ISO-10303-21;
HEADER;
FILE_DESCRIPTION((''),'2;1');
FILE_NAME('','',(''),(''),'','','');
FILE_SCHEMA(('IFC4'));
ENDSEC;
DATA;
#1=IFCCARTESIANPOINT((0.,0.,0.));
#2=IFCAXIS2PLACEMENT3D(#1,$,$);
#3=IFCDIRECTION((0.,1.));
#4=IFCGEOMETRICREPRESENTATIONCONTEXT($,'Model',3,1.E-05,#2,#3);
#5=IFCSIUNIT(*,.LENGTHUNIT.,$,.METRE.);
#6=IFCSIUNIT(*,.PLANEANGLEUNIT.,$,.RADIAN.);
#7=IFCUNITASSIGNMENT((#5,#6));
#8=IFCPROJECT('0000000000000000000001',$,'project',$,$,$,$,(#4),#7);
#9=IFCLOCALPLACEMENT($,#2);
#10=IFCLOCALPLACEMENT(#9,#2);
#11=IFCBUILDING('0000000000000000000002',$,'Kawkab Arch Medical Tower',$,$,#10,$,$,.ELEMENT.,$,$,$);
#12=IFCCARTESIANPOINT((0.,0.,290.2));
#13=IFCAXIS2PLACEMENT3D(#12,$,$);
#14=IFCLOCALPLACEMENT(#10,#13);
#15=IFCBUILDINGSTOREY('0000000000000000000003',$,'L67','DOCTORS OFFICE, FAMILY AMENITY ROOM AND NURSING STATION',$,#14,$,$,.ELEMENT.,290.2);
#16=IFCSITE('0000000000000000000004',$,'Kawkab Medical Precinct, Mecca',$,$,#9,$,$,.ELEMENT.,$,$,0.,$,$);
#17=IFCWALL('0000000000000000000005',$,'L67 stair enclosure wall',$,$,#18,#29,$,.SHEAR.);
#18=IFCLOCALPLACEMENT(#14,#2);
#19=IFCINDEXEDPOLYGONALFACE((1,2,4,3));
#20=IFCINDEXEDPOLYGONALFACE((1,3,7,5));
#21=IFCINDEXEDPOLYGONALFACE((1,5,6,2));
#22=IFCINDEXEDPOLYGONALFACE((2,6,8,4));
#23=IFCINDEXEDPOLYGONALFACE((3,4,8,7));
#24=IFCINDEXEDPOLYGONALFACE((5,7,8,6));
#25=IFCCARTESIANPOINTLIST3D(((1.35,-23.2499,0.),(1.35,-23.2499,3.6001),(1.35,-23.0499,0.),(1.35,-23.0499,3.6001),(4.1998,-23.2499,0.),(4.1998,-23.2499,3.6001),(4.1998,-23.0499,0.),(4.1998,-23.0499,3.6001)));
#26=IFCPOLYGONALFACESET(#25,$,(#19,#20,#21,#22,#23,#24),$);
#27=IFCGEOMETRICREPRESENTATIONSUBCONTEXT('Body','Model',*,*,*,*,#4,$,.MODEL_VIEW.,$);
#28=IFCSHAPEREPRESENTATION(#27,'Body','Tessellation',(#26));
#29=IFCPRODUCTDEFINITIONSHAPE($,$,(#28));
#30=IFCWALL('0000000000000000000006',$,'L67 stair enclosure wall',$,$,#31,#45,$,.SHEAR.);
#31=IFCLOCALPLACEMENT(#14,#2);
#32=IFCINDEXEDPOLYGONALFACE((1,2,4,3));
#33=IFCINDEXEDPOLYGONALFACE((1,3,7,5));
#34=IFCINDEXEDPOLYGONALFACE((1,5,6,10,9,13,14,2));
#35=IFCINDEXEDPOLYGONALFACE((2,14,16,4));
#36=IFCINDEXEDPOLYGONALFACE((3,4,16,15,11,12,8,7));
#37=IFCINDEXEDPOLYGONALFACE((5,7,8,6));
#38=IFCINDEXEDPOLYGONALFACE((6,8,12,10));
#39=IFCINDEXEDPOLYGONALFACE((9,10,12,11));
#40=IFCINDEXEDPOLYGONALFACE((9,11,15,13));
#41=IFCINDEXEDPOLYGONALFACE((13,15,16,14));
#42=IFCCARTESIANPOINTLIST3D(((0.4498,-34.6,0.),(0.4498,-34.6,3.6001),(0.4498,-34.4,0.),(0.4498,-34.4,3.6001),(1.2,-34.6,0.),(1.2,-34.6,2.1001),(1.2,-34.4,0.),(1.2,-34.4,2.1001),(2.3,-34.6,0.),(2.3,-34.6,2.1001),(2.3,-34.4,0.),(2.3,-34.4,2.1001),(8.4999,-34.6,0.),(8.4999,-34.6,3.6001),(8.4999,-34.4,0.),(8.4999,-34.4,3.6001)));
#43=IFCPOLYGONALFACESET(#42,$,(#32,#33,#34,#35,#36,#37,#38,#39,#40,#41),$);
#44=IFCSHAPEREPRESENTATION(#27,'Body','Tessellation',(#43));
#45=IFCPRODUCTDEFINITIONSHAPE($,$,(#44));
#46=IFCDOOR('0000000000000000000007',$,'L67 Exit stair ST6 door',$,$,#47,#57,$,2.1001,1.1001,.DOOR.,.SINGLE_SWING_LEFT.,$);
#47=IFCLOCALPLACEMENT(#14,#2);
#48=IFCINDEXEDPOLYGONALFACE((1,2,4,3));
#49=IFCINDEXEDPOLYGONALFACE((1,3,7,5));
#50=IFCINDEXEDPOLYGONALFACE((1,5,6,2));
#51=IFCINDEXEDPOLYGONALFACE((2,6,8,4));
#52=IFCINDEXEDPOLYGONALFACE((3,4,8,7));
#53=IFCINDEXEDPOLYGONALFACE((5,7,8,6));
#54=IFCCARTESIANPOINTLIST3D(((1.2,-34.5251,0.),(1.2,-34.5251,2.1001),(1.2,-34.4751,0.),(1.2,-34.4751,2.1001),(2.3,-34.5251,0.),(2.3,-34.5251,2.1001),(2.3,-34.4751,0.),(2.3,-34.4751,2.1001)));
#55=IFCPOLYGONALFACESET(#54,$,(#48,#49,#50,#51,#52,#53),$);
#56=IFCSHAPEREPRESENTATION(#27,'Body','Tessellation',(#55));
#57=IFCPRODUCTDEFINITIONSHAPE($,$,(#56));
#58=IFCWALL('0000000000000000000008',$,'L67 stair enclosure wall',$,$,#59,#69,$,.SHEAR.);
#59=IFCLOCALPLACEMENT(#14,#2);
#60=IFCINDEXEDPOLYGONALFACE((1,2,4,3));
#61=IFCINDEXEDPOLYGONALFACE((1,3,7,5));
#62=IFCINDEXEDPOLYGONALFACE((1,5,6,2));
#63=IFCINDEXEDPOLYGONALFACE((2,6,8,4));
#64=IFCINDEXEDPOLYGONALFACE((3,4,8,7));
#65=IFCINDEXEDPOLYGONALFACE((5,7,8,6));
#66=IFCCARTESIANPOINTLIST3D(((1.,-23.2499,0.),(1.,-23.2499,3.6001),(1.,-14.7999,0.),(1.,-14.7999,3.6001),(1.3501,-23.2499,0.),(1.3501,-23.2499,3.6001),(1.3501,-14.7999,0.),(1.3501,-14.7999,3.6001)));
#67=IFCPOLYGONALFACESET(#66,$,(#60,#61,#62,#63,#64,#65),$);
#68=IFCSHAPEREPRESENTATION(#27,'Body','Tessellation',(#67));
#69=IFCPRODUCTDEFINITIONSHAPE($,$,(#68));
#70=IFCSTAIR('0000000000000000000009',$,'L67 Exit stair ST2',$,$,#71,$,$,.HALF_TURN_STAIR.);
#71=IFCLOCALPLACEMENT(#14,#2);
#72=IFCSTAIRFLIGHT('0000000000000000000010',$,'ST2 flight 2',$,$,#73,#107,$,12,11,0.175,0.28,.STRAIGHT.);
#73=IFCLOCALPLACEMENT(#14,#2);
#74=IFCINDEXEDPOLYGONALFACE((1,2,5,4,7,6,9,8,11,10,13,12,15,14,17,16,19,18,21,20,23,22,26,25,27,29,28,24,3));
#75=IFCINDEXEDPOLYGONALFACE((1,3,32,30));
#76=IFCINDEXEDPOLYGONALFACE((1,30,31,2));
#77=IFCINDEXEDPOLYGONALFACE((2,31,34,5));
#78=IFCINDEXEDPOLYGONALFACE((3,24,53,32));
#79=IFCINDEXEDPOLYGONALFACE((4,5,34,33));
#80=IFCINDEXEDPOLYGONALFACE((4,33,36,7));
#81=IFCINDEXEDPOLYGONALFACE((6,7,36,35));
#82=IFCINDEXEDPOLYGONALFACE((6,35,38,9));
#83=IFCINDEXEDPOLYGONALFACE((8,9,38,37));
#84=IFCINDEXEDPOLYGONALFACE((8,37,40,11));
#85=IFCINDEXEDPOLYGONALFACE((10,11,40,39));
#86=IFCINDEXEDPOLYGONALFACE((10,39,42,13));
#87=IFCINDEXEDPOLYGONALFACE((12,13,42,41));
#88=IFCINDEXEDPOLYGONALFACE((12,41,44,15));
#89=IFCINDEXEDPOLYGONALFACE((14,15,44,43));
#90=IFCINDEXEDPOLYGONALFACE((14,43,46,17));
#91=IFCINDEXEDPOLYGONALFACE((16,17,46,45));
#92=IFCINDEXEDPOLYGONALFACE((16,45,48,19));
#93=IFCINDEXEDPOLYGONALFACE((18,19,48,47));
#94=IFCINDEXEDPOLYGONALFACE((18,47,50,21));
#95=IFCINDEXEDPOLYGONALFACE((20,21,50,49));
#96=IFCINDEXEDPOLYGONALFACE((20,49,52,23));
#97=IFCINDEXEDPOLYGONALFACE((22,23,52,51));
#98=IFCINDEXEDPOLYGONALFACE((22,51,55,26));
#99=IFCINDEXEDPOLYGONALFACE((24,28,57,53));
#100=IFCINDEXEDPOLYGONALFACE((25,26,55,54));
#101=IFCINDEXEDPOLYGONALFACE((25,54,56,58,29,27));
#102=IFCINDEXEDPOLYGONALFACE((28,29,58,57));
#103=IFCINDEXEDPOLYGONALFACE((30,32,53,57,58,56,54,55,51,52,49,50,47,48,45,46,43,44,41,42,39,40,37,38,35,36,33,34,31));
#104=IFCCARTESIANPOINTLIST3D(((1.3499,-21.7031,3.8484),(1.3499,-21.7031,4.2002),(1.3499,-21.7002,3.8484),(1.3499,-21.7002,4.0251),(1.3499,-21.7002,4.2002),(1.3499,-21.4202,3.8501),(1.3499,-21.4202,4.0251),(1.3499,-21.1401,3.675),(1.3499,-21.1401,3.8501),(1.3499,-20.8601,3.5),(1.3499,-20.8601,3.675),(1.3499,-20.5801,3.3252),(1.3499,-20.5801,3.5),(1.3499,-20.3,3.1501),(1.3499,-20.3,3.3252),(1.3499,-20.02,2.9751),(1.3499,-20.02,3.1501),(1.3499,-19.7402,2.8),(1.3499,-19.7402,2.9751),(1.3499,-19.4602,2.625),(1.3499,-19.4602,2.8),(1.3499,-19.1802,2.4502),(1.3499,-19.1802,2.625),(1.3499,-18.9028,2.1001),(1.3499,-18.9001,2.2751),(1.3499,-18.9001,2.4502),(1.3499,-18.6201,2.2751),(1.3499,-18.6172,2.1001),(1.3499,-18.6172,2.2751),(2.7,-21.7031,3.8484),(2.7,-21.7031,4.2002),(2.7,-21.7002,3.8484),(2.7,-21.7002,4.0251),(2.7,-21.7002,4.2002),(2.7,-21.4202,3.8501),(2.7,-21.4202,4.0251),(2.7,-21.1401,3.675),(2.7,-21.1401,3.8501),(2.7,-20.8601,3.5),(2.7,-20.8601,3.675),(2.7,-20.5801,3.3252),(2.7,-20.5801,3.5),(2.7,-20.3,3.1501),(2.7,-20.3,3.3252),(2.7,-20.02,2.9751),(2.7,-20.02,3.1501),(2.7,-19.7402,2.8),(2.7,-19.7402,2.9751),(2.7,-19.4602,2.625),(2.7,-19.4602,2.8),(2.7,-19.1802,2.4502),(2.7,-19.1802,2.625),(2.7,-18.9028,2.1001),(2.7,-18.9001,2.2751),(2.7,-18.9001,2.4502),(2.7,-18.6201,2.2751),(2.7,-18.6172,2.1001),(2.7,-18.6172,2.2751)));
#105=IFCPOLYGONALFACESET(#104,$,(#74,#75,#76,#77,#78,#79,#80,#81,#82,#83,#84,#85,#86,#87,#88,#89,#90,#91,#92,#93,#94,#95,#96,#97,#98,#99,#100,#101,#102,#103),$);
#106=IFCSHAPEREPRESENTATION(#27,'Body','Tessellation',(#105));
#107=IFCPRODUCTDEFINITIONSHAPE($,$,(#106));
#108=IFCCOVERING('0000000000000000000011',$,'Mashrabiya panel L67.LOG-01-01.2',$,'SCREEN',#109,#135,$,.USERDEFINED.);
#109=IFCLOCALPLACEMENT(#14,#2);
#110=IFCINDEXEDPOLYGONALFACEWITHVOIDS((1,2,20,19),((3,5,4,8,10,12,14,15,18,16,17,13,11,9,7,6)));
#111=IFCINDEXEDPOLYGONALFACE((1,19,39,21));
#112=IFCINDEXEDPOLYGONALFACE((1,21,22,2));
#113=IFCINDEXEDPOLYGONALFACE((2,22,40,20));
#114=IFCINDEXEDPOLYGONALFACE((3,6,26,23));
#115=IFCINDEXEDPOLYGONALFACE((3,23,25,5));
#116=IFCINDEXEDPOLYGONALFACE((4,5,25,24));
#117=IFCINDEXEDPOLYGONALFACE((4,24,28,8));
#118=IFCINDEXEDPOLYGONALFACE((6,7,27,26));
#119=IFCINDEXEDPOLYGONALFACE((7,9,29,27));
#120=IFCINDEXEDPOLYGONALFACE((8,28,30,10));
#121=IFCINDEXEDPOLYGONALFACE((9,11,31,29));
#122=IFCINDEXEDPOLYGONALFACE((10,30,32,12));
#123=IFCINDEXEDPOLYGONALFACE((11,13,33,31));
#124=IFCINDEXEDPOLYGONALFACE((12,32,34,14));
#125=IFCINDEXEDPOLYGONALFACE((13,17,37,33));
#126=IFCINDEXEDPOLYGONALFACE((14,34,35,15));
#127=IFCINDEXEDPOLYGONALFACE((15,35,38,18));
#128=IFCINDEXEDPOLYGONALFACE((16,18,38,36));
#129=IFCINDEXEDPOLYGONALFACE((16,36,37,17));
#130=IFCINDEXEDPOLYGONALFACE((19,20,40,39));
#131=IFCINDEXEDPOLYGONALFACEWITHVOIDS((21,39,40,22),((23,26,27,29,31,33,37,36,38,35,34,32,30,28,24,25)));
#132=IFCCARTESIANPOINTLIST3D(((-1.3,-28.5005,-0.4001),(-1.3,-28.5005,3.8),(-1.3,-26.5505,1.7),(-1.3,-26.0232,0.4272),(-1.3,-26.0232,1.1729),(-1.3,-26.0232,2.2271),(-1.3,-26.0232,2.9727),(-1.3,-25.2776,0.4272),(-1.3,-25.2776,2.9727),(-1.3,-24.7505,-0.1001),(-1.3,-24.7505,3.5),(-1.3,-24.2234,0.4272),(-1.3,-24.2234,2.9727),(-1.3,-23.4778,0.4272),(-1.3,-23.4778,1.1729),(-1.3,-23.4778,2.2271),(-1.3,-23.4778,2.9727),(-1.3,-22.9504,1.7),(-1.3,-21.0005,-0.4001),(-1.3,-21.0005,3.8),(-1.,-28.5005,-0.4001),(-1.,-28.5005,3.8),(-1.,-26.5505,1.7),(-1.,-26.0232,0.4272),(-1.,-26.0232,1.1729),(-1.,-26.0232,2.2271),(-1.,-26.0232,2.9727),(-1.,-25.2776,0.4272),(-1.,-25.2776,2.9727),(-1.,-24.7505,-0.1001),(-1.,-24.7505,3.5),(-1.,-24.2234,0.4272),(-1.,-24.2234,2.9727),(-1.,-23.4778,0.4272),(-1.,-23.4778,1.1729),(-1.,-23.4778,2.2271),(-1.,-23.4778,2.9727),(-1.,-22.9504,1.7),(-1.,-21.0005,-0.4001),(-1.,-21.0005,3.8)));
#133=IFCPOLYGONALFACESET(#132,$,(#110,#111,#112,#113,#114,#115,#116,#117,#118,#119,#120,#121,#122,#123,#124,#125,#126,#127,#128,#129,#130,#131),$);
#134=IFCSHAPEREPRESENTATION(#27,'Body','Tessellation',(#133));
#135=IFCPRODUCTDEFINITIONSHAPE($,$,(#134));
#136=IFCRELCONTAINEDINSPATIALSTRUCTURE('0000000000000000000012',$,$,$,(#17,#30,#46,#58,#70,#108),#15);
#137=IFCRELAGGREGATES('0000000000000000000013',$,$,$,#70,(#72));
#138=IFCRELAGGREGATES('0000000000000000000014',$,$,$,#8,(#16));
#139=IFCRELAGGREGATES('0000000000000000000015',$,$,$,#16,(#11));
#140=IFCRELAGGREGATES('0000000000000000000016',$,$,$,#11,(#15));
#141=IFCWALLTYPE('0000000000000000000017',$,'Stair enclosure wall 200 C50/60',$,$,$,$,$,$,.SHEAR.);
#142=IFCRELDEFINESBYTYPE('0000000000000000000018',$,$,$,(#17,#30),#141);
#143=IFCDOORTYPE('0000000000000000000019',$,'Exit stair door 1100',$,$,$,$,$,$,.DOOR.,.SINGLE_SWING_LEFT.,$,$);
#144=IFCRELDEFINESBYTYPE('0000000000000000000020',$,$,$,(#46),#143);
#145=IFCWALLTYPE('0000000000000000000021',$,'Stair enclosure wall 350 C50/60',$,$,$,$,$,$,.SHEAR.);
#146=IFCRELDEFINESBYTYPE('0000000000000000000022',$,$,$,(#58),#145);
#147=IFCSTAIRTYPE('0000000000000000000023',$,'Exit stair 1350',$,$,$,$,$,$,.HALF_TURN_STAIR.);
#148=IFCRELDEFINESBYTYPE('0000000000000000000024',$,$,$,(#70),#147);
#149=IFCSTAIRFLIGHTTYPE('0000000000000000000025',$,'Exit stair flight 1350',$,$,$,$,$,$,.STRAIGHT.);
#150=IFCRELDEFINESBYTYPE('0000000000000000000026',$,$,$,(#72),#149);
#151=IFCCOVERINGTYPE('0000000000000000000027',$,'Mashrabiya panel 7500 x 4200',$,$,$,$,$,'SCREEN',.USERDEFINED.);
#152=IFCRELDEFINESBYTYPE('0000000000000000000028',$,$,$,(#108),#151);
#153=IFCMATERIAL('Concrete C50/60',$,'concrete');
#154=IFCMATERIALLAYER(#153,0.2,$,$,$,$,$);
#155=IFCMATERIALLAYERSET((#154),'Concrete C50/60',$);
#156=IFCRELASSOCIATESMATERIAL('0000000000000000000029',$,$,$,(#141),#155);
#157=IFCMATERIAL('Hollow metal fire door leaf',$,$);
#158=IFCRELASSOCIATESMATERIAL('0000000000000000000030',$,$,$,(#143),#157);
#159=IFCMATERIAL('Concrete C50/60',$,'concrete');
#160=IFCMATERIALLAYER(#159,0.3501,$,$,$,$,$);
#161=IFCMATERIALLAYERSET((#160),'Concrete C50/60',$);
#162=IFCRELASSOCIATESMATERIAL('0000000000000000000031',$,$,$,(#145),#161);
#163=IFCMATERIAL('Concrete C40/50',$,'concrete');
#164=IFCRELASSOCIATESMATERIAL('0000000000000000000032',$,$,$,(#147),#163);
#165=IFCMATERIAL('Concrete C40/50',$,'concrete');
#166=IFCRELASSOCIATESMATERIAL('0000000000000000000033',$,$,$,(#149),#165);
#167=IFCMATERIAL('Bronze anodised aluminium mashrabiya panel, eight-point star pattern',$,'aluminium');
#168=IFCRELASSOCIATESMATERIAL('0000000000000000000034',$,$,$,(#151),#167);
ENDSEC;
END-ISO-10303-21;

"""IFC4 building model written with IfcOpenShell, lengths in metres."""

from ifc_helpers import new_model, si_unit, direction, frame, frame_2d, origin, place, context, subcontext, project, spatial, polyline, rectangle, outline, extrude, material, layer, layer_set, material_profile, profile_set, type_object, element, fill, aggregate, save


model = new_model("IFC4")

# Units and contexts
model_context = context("Model", 3, precision=1e-05, world=origin(), true_north=direction((0.0, 1.0)))
body_context = subcontext(model_context, "Body", "Model", "MODEL_VIEW")
ifc_project = project(units=[si_unit("LENGTHUNIT", "METRE"), si_unit("PLANEANGLEUNIT", "RADIAN")], contexts=[model_context])

# Site, building, storey
site_placement = place(None, origin())
site = spatial("IfcSite", under=ifc_project, at=site_placement, Name="Kawkab Medical Precinct, Mecca", CompositionType="ELEMENT", RefElevation=0.0)
building_placement = place(site_placement, origin())
building = spatial("IfcBuilding", under=site, at=building_placement, Name="Kawkab Arch Medical Tower", CompositionType="ELEMENT")
storey_placement = place(building_placement, frame((0.0, 0.0, 290.2)))
storey = spatial("IfcBuildingStorey", under=building, at=storey_placement, Name="L67", Description="DOCTORS OFFICE, FAMILY AMENITY ROOM AND NURSING STATION", CompositionType="ELEMENT", Elevation=290.2)

# Shared definitions
placement = place(storey_placement, origin())

# Wall
ifc_material_1 = material(Name="Concrete C50/60", Category="concrete")
ifc_layer_1 = layer(ifc_material_1, 0.2)
ifc_layer_set_1 = layer_set([ifc_layer_1], Name="Concrete C50/60")
wall_type_1 = type_object("IfcWallType", Name="Stair enclosure wall 200 C50/60", PredefinedType="SHEAR", material=ifc_layer_set_1)
wall_1_placement = place(storey_placement, frame((1.3501, -23.1499, 0.0), z_axis=(0.0, 0.0, 1.0), x_axis=(1.0, 0.0, 0.0)))
element("IfcWall", 1, at=wall_1_placement, inside=storey, type_object=wall_type_1, Name="L67 stair enclosure wall", PredefinedType="SHEAR", context=body_context, shape_type="SweptSolid", body=[
    extrude(rectangle(XDim=2.8499, YDim=0.2, at=frame_2d((1.4248, 0.0))), origin(), (0.0, 0.0, 1.0), 3.6001),
])

# Wall, opening, door
wall_2_placement = place(storey_placement, frame((0.45, -34.5, 0.0), z_axis=(0.0, 0.0, 1.0), x_axis=(1.0, 0.0, 0.0)))
wall_2 = element("IfcWall", 2, at=wall_2_placement, inside=storey, type_object=wall_type_1, Name="L67 stair enclosure wall", PredefinedType="SHEAR", context=body_context, shape_type="SweptSolid", body=[
    extrude(rectangle(XDim=8.05, YDim=0.2, at=frame_2d((4.0249, 0.0))), origin(), (0.0, 0.0, 1.0), 3.6001),
])
opening_1_placement = place(wall_2_placement, frame((0.75, 0.0, 0.0)))
opening_1 = element("IfcOpeningElement", 3, at=opening_1_placement, cuts=wall_2, PredefinedType="OPENING", context=body_context, shape_type="SweptSolid", body=[
    extrude(rectangle(XDim=1.1001, YDim=2.1001, at=frame_2d((0.55, 1.05))), frame((0.0, 0.1099, 0.0), z_axis=(0.0, -1.0, 0.0), x_axis=(1.0, 0.0, 0.0)), (0.0, 0.0, 1.0), 0.22),
])
ifc_material_2 = material(Name="Hollow metal fire door leaf")
door_type_1 = type_object("IfcDoorType", Name="Exit stair door 1100", OperationType="SINGLE_SWING_LEFT", PredefinedType="DOOR", material=ifc_material_2)
door_1_placement = place(opening_1_placement, origin())
door_1 = element("IfcDoor", 4, at=door_1_placement, inside=storey, type_object=door_type_1, Name="L67 Exit stair ST6 door", OperationType="SINGLE_SWING_LEFT", OverallHeight=2.1001, OverallWidth=1.1001, PredefinedType="DOOR", context=body_context, shape_type="SweptSolid", body=[
    extrude(rectangle(XDim=1.1001, YDim=2.1001, at=frame_2d((0.55, 1.05))), frame((0.0, 0.0249, 0.0), z_axis=(0.0, -1.0, 0.0), x_axis=(1.0, 0.0, 0.0)), (0.0, 0.0, 1.0), 0.05),
])
fill(opening_1, door_1)

# Wall
ifc_material_3 = material(Name="Concrete C50/60", Category="concrete")
ifc_layer_2 = layer(ifc_material_3, 0.3501)
ifc_layer_set_2 = layer_set([ifc_layer_2], Name="Concrete C50/60")
wall_type_2 = type_object("IfcWallType", Name="Stair enclosure wall 350 C50/60", PredefinedType="SHEAR", material=ifc_layer_set_2)
wall_3_placement = place(storey_placement, frame((1.175, -23.25, 0.0), z_axis=(0.0, 0.0, 1.0), x_axis=(0.0, 1.0, 0.0)))
element("IfcWall", 5, at=wall_3_placement, inside=storey, type_object=wall_type_2, Name="L67 stair enclosure wall", PredefinedType="SHEAR", context=body_context, shape_type="SweptSolid", body=[
    extrude(rectangle(XDim=8.45, YDim=0.3501, at=frame_2d((4.2251, 0.0))), origin(), (0.0, 0.0, 1.0), 3.6001),
])

# Stair, stair flight
ifc_material_4 = material(Name="Concrete C40/50", Category="concrete")
stair_type = type_object("IfcStairType", Name="Exit stair 1350", PredefinedType="HALF_TURN_STAIR", material=ifc_material_4)
stair = element("IfcStair", 6, at=placement, inside=storey, type_object=stair_type, Name="L67 Exit stair ST2", PredefinedType="HALF_TURN_STAIR")
ifc_material_5 = material(Name="Concrete C40/50", Category="concrete")
stair_flight_type = type_object("IfcStairFlightType", Name="Exit stair flight 1350", PredefinedType="STRAIGHT", material=ifc_material_5)
stair_flight_placement = place(storey_placement, frame((2.0249, -18.6201, 2.1001), z_axis=(0.0, 0.0, 1.0), x_axis=(0.0, -1.0, 0.0)))
stair_flight = element("IfcStairFlight", 7, at=stair_flight_placement, type_object=stair_flight_type, Name="ST2 flight 2", NumberOfRisers=12, NumberOfTreads=11, PredefinedType="STRAIGHT", RiserHeight=0.175, TreadLength=0.28, context=body_context, shape_type="SweptSolid", body=[
    extrude(outline(polyline([(-0.0029, 0.0), (-0.0029, 0.175), (0.0, 0.175), (0.28, 0.175), (0.28, 0.3501), (0.5601, 0.3501), (0.5601, 0.5249), (0.8401, 0.5249), (0.8401, 0.7), (1.1201, 0.7), (1.1201, 0.875), (1.3999, 0.875), (1.3999, 1.05), (1.6799, 1.05), (1.6799, 1.2251), (1.96, 1.2251), (1.96, 1.3999), (2.24, 1.3999), (2.24, 1.575), (2.52, 1.575), (2.52, 1.75), (2.8, 1.75), (2.8, 1.925), (3.0801, 1.925), (3.0801, 2.1001), (3.083, 2.1001), (3.083, 1.7483), (3.0801, 1.7483), (0.2827, 0.0), (-0.0029, 0.0)])), frame((0.0, 0.675, 0.0), z_axis=(0.0, -1.0, 0.0), x_axis=(1.0, 0.0, 0.0)), (0.0, 0.0, 1.0), 1.3501),
])
aggregate(stair, [stair_flight])

# Covering
ifc_material_6 = material(Name="Bronze anodised aluminium mashrabiya panel, eight-point star pattern", Category="aluminium")
ifc_material_profile_1 = material_profile(ifc_material_6, outline(polyline([(-3.75, -2.1001), (3.75, -2.1001), (3.75, 2.1001), (-3.75, 2.1001), (-3.75, -2.1001)]), holes=[polyline([(1.8, 0.0), (1.2727, 0.5271), (1.2727, 1.2727), (0.5271, 1.2727), (0.0, 1.8), (-0.5271, 1.2727), (-1.2727, 1.2727), (-1.2727, 0.5271), (-1.8, 0.0), (-1.2727, -0.5271), (-1.2727, -1.2727), (-0.5271, -1.2727), (0.0, -1.8), (0.5271, -1.2727), (1.2727, -1.2727), (1.2727, -0.5271), (1.8, 0.0)])]), Name="Mashrabiya panel 7500x4200")
ifc_profile_set_1 = profile_set([ifc_material_profile_1], Name="Bronze anodised aluminium mashrabiya panel, eight-point star pattern")
covering_type = type_object("IfcCoveringType", Name="Mashrabiya panel 7500 x 4200", ElementType="SCREEN", PredefinedType="USERDEFINED", material=ifc_profile_set_1)
covering_placement = place(storey_placement, frame((-1.0, -24.7505, 1.7), z_axis=(-1.0, 0.0, 0.0), x_axis=(0.0, -1.0, 0.0)))
element("IfcCovering", 8, at=covering_placement, inside=storey, type_object=covering_type, Name="Mashrabiya panel L67.LOG-01-01.2", ObjectType="SCREEN", PredefinedType="USERDEFINED", context=body_context, shape_type="SweptSolid", body=[
    extrude(outline(polyline([(-3.75, -2.1001), (3.75, -2.1001), (3.75, 2.1001), (-3.75, 2.1001), (-3.75, -2.1001)]), holes=[polyline([(1.8, 0.0), (1.2727, 0.5271), (1.2727, 1.2727), (0.5271, 1.2727), (0.0, 1.8), (-0.5271, 1.2727), (-1.2727, 1.2727), (-1.2727, 0.5271), (-1.8, 0.0), (-1.2727, -0.5271), (-1.2727, -1.2727), (-0.5271, -1.2727), (0.0, -1.8), (0.5271, -1.2727), (1.2727, -1.2727), (1.2727, -0.5271), (1.8, 0.0)])]), origin(), (0.0, 0.0, 1.0), 0.3),
])

save(model, "model.ifc")
